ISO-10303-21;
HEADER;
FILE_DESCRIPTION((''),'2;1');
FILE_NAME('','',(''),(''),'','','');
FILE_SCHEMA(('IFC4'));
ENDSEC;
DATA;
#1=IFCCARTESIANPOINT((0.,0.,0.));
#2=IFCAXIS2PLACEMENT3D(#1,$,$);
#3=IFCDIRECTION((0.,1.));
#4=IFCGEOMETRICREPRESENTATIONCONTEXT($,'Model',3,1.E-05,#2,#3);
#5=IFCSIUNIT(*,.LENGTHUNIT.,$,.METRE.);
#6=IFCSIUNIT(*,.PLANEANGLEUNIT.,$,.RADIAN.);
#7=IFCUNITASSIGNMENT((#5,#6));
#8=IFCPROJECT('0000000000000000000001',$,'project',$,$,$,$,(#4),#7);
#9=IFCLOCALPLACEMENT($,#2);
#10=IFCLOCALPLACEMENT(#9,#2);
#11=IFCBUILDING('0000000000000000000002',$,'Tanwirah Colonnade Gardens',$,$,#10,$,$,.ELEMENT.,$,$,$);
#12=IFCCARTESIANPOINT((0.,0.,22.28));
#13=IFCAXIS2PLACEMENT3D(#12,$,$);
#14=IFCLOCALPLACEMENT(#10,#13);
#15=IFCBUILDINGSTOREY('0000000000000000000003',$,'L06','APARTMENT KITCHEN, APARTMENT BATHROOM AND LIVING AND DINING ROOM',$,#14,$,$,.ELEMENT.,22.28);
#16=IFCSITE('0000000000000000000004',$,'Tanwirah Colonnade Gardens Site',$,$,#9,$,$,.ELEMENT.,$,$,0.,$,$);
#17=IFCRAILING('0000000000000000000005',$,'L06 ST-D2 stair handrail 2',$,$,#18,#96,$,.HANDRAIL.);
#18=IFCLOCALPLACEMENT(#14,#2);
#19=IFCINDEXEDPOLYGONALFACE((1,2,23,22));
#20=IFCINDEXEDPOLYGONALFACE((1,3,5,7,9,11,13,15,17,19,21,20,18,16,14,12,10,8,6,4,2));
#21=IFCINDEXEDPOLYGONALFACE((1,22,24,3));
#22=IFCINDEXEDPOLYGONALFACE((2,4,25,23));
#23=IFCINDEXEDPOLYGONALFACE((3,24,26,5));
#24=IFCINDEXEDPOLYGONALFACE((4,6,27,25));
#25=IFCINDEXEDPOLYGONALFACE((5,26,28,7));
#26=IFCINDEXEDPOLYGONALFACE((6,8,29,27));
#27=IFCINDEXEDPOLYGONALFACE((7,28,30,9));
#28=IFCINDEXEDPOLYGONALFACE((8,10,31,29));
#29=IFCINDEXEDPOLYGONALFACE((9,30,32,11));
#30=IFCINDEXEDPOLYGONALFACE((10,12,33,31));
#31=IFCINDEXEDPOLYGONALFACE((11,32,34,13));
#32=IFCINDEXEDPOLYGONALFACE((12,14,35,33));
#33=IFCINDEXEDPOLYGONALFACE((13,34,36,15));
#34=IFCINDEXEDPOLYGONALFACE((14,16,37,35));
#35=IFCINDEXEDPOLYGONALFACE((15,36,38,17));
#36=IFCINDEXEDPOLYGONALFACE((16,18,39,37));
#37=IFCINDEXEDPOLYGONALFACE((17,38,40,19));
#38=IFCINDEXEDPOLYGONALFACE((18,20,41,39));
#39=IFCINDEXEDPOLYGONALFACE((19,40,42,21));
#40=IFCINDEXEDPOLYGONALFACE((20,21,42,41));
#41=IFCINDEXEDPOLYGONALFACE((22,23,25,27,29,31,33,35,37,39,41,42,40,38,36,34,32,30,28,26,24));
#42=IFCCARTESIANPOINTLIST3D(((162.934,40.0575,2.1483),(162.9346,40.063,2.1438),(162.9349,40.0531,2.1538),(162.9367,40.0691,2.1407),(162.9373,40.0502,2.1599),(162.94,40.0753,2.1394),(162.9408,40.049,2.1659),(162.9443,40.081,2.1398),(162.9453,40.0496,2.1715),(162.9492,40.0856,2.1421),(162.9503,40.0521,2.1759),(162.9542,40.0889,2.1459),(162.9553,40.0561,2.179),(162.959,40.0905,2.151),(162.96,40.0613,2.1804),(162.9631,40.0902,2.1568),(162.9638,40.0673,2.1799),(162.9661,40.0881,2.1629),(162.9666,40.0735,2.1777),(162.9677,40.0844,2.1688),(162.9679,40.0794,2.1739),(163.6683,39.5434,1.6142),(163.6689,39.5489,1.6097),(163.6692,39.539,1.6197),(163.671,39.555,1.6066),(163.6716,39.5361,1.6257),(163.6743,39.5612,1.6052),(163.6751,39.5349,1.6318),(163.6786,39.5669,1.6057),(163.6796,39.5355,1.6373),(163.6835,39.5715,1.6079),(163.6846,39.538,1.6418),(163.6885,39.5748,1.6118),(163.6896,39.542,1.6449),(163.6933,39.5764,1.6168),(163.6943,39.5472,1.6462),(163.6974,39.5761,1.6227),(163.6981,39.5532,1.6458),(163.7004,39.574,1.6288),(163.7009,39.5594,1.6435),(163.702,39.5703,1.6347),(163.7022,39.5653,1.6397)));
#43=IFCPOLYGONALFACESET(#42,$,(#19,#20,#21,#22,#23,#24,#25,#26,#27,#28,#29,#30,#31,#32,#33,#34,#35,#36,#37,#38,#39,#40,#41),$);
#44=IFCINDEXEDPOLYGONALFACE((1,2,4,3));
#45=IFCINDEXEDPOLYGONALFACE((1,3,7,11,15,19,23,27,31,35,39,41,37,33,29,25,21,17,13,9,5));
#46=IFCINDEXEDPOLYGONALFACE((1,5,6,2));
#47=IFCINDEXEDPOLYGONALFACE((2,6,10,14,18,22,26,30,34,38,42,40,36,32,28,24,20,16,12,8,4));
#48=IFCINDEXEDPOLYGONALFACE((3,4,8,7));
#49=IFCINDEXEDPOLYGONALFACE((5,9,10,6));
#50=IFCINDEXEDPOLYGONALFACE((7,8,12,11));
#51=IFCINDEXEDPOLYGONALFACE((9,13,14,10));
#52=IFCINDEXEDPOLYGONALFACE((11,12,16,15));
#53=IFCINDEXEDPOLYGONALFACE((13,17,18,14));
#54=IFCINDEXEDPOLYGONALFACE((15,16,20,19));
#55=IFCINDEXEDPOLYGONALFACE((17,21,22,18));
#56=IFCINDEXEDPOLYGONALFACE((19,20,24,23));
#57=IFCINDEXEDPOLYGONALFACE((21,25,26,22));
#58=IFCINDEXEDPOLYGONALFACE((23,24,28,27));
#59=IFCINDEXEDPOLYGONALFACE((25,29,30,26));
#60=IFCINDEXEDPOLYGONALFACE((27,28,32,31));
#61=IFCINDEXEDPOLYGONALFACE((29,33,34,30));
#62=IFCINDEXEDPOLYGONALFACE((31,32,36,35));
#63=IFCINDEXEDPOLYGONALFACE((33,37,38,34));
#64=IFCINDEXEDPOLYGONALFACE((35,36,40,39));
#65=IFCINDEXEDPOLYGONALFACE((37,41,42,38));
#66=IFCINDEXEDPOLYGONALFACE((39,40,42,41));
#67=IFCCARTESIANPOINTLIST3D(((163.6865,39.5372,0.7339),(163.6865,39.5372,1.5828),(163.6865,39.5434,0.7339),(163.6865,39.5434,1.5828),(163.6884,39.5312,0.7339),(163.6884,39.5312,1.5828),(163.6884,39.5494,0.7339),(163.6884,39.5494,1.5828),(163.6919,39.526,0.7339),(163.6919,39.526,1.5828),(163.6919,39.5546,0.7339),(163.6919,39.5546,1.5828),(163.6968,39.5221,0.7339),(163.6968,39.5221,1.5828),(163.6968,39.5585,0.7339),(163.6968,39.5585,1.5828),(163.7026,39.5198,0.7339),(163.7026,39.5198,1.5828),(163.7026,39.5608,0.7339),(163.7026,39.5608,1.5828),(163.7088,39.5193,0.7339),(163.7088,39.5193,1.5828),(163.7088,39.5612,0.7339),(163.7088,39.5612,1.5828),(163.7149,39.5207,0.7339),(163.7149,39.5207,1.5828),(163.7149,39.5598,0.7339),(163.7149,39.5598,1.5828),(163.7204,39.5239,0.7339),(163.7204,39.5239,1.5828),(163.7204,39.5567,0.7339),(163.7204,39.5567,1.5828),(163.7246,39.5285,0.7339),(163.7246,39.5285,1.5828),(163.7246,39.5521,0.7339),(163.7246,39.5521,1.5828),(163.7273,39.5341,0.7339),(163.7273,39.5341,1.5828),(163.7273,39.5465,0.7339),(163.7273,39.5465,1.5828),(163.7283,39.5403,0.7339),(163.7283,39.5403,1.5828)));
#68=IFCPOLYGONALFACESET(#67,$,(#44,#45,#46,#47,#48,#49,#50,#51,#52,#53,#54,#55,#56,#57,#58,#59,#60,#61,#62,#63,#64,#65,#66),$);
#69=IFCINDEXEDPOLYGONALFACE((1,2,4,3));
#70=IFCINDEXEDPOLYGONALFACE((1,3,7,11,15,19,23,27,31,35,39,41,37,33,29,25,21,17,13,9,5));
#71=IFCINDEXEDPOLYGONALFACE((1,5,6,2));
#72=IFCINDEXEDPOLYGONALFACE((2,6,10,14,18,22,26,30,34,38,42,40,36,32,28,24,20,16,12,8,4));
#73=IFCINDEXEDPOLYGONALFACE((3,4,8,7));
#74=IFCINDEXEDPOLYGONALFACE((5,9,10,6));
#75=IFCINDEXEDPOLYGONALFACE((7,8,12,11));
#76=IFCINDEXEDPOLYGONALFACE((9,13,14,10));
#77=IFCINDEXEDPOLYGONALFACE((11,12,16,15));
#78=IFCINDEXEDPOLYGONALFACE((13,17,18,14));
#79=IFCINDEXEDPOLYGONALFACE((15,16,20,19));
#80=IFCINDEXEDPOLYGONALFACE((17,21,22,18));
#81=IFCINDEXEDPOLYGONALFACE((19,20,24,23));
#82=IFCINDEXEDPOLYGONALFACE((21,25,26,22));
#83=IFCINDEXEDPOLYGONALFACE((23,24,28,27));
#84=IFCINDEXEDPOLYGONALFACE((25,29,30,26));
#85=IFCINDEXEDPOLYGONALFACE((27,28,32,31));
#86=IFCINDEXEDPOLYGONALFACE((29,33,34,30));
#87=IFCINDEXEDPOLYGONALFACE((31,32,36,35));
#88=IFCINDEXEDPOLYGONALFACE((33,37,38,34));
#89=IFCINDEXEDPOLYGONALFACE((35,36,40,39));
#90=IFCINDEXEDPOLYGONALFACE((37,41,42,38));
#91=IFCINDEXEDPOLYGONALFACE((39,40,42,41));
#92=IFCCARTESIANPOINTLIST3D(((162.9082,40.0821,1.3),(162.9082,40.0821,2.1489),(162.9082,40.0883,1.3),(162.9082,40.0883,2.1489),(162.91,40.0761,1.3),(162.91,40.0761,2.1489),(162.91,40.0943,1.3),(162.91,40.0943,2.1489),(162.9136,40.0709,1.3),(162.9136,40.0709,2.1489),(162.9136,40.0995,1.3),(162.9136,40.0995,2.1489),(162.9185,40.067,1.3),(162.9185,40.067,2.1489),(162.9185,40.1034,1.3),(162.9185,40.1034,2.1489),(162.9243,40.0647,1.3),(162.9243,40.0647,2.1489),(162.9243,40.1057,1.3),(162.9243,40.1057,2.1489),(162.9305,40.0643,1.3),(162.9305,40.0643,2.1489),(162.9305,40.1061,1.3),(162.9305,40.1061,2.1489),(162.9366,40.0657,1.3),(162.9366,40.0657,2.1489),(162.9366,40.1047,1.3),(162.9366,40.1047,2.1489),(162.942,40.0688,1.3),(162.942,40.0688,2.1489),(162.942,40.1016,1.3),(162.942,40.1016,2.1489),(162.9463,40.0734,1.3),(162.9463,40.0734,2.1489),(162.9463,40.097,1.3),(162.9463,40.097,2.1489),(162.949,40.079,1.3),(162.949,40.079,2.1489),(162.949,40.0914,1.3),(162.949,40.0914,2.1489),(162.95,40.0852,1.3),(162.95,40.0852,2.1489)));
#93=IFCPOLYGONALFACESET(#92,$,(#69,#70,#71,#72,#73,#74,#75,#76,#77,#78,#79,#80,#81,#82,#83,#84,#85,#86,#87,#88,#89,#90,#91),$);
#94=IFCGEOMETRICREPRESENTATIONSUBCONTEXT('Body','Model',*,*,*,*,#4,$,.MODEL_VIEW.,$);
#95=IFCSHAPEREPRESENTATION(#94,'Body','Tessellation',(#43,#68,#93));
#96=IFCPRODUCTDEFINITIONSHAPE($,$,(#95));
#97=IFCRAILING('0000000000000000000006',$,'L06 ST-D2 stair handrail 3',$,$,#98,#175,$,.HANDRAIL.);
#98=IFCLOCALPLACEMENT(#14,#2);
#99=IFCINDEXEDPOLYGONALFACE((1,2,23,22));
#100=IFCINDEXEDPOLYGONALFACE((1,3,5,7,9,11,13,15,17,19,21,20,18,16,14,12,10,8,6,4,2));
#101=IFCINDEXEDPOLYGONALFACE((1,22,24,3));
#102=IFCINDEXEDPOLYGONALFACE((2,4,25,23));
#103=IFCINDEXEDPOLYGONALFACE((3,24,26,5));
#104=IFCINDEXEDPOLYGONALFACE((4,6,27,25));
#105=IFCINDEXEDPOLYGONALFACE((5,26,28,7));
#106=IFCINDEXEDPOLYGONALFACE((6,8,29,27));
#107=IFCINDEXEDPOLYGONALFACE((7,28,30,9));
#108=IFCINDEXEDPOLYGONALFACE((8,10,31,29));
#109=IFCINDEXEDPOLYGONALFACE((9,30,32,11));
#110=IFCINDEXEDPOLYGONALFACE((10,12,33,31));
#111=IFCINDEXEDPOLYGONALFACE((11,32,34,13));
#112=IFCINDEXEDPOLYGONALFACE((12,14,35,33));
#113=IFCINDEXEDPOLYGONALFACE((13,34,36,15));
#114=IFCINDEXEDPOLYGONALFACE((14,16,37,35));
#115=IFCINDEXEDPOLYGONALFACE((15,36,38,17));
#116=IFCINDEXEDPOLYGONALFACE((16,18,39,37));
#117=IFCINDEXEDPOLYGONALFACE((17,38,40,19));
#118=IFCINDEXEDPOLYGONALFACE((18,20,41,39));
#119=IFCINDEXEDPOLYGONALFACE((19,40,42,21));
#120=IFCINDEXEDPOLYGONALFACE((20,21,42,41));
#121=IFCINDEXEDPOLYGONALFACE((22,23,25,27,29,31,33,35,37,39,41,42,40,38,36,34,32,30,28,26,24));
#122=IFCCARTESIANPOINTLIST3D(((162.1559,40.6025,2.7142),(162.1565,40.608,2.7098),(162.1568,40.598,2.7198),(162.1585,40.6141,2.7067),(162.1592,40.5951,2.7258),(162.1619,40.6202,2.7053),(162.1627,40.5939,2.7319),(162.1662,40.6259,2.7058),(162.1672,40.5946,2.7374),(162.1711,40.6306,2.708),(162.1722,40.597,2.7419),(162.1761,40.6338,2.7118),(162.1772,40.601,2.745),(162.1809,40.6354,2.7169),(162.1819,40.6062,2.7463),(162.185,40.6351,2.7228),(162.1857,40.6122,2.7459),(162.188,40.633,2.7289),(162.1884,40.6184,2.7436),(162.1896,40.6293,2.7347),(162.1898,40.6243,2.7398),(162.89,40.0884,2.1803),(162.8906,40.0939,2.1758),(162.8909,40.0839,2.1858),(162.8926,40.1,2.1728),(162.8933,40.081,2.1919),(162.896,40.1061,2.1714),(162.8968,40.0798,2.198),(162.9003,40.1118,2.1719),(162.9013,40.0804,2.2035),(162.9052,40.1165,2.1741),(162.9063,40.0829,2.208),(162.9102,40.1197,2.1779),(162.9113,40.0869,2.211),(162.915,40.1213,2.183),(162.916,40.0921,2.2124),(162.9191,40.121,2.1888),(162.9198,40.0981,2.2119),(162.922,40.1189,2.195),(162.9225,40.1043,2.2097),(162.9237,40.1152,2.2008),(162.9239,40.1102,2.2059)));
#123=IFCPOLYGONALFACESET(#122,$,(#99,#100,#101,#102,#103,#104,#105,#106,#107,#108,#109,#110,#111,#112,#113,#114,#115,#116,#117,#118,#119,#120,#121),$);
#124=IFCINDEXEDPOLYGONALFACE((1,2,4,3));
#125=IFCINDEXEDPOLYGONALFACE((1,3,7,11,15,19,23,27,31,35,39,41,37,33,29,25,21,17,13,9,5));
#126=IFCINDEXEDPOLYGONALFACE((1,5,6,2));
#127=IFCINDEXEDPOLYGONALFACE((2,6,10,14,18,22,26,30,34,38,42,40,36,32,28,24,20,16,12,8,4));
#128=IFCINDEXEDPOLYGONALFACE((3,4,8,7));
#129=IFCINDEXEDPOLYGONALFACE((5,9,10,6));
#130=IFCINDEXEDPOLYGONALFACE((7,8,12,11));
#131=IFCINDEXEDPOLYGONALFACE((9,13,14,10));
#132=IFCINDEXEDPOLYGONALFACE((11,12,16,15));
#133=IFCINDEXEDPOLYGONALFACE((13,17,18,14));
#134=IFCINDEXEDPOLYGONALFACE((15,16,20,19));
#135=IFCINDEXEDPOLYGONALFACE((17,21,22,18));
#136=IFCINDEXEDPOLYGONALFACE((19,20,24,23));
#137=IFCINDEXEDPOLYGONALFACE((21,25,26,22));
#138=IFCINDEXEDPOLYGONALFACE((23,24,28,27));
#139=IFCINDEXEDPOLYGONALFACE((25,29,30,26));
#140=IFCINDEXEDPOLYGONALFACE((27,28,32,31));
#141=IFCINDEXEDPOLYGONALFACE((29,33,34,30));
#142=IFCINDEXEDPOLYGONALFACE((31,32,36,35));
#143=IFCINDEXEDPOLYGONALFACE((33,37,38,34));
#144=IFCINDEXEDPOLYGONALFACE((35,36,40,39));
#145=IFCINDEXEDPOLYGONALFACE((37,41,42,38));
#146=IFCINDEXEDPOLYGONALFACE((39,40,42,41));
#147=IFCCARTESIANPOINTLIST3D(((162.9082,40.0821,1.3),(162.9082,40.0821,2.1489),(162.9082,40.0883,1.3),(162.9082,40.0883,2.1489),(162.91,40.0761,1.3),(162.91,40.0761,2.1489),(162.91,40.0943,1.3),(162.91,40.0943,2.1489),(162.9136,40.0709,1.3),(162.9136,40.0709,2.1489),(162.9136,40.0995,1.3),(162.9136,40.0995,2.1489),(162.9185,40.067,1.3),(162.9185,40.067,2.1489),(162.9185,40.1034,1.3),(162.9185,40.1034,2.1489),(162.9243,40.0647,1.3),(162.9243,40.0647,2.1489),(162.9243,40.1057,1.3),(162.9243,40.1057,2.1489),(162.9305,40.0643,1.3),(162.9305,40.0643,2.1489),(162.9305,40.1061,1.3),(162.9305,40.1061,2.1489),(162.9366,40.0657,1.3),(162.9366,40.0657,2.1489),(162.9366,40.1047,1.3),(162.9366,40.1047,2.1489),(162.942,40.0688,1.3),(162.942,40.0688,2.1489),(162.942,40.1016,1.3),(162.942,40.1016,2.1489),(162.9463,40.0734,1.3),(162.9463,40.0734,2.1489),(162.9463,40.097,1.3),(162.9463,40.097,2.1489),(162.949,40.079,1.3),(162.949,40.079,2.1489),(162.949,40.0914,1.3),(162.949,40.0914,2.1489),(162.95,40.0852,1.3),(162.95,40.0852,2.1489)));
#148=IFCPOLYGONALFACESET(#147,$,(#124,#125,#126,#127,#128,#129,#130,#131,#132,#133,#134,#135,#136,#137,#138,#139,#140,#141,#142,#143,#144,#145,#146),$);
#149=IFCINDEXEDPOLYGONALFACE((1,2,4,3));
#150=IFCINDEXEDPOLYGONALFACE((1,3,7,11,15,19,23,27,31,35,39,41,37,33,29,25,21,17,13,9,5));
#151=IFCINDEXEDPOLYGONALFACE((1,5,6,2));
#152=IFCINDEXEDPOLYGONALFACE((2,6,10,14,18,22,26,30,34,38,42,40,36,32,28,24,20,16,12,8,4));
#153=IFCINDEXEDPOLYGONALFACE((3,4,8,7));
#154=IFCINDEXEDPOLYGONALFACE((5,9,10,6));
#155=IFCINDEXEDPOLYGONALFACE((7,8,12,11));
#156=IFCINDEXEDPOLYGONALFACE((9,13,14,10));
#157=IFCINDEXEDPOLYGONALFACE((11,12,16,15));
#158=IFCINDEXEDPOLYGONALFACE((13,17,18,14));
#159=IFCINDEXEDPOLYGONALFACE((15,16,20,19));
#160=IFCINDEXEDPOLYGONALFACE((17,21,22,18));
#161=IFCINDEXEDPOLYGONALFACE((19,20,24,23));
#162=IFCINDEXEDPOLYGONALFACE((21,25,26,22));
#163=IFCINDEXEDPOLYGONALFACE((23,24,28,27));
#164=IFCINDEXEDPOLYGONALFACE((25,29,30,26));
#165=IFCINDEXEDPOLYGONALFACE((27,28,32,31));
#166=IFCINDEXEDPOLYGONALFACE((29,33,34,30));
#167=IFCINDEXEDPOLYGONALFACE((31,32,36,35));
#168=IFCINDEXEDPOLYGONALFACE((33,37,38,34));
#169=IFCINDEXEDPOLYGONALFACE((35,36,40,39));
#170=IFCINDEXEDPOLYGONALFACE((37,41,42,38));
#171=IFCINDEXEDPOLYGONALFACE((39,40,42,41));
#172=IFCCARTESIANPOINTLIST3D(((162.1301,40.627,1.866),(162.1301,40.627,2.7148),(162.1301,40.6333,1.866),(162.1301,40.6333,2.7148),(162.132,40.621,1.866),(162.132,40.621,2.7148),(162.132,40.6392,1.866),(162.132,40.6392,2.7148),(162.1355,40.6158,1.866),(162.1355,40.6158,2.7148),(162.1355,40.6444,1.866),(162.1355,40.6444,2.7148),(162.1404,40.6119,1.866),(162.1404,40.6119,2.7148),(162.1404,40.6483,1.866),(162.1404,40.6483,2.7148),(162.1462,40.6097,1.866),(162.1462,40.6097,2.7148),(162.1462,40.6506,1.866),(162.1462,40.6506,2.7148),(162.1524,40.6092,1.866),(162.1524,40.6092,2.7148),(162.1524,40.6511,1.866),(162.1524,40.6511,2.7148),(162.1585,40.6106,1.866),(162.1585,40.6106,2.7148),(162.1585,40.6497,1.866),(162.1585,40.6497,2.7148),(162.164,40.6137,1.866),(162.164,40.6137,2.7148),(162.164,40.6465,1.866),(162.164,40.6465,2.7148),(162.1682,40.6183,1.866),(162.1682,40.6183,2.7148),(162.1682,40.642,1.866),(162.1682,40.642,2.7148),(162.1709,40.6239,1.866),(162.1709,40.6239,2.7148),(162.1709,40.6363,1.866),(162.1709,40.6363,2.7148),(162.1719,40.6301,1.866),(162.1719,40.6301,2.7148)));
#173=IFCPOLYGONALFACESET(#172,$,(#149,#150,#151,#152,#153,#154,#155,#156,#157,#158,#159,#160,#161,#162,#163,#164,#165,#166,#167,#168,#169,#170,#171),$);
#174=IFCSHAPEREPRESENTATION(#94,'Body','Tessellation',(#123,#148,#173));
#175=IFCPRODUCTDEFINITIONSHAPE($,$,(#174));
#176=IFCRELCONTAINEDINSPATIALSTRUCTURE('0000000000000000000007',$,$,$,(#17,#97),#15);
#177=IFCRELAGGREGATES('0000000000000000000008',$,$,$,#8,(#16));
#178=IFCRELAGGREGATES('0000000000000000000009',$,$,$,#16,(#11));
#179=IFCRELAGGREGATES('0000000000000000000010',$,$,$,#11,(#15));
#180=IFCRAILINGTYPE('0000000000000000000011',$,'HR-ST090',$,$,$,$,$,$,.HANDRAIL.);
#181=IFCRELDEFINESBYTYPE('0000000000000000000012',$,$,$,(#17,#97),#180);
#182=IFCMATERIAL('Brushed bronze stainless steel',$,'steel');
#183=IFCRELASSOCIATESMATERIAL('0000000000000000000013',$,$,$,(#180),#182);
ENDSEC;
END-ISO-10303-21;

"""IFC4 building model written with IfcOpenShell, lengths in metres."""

from ifc_helpers import new_model, si_unit, direction, frame, origin, origin_2d, place, context, subcontext, project, spatial, circle, extrude, material, type_object, element, save


model = new_model("IFC4")

# Units and contexts
model_context = context("Model", 3, precision=1e-05, world=origin(), true_north=direction((0.0, 1.0)))
body_context = subcontext(model_context, "Body", "Model", "MODEL_VIEW")
ifc_project = project(units=[si_unit("LENGTHUNIT", "METRE"), si_unit("PLANEANGLEUNIT", "RADIAN")], contexts=[model_context])

# Site, building, storey
site_placement = place(None, origin())
site = spatial("IfcSite", under=ifc_project, at=site_placement, Name="Tanwirah Colonnade Gardens Site", CompositionType="ELEMENT", RefElevation=0.0)
building_placement = place(site_placement, origin())
building = spatial("IfcBuilding", under=site, at=building_placement, Name="Tanwirah Colonnade Gardens", CompositionType="ELEMENT")
storey_placement = place(building_placement, frame((0.0, 0.0, 22.28)))
storey = spatial("IfcBuildingStorey", under=building, at=storey_placement, Name="L06", Description="APARTMENT KITCHEN, APARTMENT BATHROOM AND LIVING AND DINING ROOM", CompositionType="ELEMENT", Elevation=22.28)

# Railings
ifc_material_1 = material(Name="Brushed bronze stainless steel", Category="steel")
railing_type_1 = type_object("IfcRailingType", Name="HR-ST090", PredefinedType="HANDRAIL", material=ifc_material_1)
railing_1_placement = place(storey_placement, frame((163.7073, 39.5403, 0.7339)))
element("IfcRailing", 1, at=railing_1_placement, inside=storey, type_object=railing_type_1, Name="L06 ST-D2 stair handrail 2", PredefinedType="HANDRAIL", context=body_context, shape_type="SweptSolid", body=[
    extrude(circle(Radius=0.0239, at=origin_2d()), frame((-0.022, 0.0154, 0.8918), z_axis=(-0.703718, 0.492691, 0.511895), x_axis=(-0.573531, -0.819184, 0.0)), (0.0, 0.0, 1.0), 1.0435),
    extrude(circle(Radius=0.021, at=origin_2d()), origin(), (0.0, 0.0, 1.0), 0.8489),
    extrude(circle(Radius=0.021, at=origin_2d()), frame((-0.7783, 0.5449, 0.5662)), (0.0, 0.0, 1.0), 0.8489),
])
railing_2_placement = place(storey_placement, frame((162.929, 40.0852, 1.3)))
element("IfcRailing", 2, at=railing_2_placement, inside=storey, type_object=railing_type_1, Name="L06 ST-D2 stair handrail 3", PredefinedType="HANDRAIL", context=body_context, shape_type="SweptSolid", body=[
    extrude(circle(Radius=0.0239, at=origin_2d()), frame((-0.022, 0.0154, 0.8918), z_axis=(-0.703686, 0.492823, 0.511812), x_axis=(-0.573652, -0.819099, 0.0)), (0.0, 0.0, 1.0), 1.0432),
    extrude(circle(Radius=0.021, at=origin_2d()), origin(), (0.0, 0.0, 1.0), 0.8489),
    extrude(circle(Radius=0.021, at=origin_2d()), frame((-0.7781, 0.5449, 0.5659)), (0.0, 0.0, 1.0), 0.8489),
])

save(model, "model.ifc")
